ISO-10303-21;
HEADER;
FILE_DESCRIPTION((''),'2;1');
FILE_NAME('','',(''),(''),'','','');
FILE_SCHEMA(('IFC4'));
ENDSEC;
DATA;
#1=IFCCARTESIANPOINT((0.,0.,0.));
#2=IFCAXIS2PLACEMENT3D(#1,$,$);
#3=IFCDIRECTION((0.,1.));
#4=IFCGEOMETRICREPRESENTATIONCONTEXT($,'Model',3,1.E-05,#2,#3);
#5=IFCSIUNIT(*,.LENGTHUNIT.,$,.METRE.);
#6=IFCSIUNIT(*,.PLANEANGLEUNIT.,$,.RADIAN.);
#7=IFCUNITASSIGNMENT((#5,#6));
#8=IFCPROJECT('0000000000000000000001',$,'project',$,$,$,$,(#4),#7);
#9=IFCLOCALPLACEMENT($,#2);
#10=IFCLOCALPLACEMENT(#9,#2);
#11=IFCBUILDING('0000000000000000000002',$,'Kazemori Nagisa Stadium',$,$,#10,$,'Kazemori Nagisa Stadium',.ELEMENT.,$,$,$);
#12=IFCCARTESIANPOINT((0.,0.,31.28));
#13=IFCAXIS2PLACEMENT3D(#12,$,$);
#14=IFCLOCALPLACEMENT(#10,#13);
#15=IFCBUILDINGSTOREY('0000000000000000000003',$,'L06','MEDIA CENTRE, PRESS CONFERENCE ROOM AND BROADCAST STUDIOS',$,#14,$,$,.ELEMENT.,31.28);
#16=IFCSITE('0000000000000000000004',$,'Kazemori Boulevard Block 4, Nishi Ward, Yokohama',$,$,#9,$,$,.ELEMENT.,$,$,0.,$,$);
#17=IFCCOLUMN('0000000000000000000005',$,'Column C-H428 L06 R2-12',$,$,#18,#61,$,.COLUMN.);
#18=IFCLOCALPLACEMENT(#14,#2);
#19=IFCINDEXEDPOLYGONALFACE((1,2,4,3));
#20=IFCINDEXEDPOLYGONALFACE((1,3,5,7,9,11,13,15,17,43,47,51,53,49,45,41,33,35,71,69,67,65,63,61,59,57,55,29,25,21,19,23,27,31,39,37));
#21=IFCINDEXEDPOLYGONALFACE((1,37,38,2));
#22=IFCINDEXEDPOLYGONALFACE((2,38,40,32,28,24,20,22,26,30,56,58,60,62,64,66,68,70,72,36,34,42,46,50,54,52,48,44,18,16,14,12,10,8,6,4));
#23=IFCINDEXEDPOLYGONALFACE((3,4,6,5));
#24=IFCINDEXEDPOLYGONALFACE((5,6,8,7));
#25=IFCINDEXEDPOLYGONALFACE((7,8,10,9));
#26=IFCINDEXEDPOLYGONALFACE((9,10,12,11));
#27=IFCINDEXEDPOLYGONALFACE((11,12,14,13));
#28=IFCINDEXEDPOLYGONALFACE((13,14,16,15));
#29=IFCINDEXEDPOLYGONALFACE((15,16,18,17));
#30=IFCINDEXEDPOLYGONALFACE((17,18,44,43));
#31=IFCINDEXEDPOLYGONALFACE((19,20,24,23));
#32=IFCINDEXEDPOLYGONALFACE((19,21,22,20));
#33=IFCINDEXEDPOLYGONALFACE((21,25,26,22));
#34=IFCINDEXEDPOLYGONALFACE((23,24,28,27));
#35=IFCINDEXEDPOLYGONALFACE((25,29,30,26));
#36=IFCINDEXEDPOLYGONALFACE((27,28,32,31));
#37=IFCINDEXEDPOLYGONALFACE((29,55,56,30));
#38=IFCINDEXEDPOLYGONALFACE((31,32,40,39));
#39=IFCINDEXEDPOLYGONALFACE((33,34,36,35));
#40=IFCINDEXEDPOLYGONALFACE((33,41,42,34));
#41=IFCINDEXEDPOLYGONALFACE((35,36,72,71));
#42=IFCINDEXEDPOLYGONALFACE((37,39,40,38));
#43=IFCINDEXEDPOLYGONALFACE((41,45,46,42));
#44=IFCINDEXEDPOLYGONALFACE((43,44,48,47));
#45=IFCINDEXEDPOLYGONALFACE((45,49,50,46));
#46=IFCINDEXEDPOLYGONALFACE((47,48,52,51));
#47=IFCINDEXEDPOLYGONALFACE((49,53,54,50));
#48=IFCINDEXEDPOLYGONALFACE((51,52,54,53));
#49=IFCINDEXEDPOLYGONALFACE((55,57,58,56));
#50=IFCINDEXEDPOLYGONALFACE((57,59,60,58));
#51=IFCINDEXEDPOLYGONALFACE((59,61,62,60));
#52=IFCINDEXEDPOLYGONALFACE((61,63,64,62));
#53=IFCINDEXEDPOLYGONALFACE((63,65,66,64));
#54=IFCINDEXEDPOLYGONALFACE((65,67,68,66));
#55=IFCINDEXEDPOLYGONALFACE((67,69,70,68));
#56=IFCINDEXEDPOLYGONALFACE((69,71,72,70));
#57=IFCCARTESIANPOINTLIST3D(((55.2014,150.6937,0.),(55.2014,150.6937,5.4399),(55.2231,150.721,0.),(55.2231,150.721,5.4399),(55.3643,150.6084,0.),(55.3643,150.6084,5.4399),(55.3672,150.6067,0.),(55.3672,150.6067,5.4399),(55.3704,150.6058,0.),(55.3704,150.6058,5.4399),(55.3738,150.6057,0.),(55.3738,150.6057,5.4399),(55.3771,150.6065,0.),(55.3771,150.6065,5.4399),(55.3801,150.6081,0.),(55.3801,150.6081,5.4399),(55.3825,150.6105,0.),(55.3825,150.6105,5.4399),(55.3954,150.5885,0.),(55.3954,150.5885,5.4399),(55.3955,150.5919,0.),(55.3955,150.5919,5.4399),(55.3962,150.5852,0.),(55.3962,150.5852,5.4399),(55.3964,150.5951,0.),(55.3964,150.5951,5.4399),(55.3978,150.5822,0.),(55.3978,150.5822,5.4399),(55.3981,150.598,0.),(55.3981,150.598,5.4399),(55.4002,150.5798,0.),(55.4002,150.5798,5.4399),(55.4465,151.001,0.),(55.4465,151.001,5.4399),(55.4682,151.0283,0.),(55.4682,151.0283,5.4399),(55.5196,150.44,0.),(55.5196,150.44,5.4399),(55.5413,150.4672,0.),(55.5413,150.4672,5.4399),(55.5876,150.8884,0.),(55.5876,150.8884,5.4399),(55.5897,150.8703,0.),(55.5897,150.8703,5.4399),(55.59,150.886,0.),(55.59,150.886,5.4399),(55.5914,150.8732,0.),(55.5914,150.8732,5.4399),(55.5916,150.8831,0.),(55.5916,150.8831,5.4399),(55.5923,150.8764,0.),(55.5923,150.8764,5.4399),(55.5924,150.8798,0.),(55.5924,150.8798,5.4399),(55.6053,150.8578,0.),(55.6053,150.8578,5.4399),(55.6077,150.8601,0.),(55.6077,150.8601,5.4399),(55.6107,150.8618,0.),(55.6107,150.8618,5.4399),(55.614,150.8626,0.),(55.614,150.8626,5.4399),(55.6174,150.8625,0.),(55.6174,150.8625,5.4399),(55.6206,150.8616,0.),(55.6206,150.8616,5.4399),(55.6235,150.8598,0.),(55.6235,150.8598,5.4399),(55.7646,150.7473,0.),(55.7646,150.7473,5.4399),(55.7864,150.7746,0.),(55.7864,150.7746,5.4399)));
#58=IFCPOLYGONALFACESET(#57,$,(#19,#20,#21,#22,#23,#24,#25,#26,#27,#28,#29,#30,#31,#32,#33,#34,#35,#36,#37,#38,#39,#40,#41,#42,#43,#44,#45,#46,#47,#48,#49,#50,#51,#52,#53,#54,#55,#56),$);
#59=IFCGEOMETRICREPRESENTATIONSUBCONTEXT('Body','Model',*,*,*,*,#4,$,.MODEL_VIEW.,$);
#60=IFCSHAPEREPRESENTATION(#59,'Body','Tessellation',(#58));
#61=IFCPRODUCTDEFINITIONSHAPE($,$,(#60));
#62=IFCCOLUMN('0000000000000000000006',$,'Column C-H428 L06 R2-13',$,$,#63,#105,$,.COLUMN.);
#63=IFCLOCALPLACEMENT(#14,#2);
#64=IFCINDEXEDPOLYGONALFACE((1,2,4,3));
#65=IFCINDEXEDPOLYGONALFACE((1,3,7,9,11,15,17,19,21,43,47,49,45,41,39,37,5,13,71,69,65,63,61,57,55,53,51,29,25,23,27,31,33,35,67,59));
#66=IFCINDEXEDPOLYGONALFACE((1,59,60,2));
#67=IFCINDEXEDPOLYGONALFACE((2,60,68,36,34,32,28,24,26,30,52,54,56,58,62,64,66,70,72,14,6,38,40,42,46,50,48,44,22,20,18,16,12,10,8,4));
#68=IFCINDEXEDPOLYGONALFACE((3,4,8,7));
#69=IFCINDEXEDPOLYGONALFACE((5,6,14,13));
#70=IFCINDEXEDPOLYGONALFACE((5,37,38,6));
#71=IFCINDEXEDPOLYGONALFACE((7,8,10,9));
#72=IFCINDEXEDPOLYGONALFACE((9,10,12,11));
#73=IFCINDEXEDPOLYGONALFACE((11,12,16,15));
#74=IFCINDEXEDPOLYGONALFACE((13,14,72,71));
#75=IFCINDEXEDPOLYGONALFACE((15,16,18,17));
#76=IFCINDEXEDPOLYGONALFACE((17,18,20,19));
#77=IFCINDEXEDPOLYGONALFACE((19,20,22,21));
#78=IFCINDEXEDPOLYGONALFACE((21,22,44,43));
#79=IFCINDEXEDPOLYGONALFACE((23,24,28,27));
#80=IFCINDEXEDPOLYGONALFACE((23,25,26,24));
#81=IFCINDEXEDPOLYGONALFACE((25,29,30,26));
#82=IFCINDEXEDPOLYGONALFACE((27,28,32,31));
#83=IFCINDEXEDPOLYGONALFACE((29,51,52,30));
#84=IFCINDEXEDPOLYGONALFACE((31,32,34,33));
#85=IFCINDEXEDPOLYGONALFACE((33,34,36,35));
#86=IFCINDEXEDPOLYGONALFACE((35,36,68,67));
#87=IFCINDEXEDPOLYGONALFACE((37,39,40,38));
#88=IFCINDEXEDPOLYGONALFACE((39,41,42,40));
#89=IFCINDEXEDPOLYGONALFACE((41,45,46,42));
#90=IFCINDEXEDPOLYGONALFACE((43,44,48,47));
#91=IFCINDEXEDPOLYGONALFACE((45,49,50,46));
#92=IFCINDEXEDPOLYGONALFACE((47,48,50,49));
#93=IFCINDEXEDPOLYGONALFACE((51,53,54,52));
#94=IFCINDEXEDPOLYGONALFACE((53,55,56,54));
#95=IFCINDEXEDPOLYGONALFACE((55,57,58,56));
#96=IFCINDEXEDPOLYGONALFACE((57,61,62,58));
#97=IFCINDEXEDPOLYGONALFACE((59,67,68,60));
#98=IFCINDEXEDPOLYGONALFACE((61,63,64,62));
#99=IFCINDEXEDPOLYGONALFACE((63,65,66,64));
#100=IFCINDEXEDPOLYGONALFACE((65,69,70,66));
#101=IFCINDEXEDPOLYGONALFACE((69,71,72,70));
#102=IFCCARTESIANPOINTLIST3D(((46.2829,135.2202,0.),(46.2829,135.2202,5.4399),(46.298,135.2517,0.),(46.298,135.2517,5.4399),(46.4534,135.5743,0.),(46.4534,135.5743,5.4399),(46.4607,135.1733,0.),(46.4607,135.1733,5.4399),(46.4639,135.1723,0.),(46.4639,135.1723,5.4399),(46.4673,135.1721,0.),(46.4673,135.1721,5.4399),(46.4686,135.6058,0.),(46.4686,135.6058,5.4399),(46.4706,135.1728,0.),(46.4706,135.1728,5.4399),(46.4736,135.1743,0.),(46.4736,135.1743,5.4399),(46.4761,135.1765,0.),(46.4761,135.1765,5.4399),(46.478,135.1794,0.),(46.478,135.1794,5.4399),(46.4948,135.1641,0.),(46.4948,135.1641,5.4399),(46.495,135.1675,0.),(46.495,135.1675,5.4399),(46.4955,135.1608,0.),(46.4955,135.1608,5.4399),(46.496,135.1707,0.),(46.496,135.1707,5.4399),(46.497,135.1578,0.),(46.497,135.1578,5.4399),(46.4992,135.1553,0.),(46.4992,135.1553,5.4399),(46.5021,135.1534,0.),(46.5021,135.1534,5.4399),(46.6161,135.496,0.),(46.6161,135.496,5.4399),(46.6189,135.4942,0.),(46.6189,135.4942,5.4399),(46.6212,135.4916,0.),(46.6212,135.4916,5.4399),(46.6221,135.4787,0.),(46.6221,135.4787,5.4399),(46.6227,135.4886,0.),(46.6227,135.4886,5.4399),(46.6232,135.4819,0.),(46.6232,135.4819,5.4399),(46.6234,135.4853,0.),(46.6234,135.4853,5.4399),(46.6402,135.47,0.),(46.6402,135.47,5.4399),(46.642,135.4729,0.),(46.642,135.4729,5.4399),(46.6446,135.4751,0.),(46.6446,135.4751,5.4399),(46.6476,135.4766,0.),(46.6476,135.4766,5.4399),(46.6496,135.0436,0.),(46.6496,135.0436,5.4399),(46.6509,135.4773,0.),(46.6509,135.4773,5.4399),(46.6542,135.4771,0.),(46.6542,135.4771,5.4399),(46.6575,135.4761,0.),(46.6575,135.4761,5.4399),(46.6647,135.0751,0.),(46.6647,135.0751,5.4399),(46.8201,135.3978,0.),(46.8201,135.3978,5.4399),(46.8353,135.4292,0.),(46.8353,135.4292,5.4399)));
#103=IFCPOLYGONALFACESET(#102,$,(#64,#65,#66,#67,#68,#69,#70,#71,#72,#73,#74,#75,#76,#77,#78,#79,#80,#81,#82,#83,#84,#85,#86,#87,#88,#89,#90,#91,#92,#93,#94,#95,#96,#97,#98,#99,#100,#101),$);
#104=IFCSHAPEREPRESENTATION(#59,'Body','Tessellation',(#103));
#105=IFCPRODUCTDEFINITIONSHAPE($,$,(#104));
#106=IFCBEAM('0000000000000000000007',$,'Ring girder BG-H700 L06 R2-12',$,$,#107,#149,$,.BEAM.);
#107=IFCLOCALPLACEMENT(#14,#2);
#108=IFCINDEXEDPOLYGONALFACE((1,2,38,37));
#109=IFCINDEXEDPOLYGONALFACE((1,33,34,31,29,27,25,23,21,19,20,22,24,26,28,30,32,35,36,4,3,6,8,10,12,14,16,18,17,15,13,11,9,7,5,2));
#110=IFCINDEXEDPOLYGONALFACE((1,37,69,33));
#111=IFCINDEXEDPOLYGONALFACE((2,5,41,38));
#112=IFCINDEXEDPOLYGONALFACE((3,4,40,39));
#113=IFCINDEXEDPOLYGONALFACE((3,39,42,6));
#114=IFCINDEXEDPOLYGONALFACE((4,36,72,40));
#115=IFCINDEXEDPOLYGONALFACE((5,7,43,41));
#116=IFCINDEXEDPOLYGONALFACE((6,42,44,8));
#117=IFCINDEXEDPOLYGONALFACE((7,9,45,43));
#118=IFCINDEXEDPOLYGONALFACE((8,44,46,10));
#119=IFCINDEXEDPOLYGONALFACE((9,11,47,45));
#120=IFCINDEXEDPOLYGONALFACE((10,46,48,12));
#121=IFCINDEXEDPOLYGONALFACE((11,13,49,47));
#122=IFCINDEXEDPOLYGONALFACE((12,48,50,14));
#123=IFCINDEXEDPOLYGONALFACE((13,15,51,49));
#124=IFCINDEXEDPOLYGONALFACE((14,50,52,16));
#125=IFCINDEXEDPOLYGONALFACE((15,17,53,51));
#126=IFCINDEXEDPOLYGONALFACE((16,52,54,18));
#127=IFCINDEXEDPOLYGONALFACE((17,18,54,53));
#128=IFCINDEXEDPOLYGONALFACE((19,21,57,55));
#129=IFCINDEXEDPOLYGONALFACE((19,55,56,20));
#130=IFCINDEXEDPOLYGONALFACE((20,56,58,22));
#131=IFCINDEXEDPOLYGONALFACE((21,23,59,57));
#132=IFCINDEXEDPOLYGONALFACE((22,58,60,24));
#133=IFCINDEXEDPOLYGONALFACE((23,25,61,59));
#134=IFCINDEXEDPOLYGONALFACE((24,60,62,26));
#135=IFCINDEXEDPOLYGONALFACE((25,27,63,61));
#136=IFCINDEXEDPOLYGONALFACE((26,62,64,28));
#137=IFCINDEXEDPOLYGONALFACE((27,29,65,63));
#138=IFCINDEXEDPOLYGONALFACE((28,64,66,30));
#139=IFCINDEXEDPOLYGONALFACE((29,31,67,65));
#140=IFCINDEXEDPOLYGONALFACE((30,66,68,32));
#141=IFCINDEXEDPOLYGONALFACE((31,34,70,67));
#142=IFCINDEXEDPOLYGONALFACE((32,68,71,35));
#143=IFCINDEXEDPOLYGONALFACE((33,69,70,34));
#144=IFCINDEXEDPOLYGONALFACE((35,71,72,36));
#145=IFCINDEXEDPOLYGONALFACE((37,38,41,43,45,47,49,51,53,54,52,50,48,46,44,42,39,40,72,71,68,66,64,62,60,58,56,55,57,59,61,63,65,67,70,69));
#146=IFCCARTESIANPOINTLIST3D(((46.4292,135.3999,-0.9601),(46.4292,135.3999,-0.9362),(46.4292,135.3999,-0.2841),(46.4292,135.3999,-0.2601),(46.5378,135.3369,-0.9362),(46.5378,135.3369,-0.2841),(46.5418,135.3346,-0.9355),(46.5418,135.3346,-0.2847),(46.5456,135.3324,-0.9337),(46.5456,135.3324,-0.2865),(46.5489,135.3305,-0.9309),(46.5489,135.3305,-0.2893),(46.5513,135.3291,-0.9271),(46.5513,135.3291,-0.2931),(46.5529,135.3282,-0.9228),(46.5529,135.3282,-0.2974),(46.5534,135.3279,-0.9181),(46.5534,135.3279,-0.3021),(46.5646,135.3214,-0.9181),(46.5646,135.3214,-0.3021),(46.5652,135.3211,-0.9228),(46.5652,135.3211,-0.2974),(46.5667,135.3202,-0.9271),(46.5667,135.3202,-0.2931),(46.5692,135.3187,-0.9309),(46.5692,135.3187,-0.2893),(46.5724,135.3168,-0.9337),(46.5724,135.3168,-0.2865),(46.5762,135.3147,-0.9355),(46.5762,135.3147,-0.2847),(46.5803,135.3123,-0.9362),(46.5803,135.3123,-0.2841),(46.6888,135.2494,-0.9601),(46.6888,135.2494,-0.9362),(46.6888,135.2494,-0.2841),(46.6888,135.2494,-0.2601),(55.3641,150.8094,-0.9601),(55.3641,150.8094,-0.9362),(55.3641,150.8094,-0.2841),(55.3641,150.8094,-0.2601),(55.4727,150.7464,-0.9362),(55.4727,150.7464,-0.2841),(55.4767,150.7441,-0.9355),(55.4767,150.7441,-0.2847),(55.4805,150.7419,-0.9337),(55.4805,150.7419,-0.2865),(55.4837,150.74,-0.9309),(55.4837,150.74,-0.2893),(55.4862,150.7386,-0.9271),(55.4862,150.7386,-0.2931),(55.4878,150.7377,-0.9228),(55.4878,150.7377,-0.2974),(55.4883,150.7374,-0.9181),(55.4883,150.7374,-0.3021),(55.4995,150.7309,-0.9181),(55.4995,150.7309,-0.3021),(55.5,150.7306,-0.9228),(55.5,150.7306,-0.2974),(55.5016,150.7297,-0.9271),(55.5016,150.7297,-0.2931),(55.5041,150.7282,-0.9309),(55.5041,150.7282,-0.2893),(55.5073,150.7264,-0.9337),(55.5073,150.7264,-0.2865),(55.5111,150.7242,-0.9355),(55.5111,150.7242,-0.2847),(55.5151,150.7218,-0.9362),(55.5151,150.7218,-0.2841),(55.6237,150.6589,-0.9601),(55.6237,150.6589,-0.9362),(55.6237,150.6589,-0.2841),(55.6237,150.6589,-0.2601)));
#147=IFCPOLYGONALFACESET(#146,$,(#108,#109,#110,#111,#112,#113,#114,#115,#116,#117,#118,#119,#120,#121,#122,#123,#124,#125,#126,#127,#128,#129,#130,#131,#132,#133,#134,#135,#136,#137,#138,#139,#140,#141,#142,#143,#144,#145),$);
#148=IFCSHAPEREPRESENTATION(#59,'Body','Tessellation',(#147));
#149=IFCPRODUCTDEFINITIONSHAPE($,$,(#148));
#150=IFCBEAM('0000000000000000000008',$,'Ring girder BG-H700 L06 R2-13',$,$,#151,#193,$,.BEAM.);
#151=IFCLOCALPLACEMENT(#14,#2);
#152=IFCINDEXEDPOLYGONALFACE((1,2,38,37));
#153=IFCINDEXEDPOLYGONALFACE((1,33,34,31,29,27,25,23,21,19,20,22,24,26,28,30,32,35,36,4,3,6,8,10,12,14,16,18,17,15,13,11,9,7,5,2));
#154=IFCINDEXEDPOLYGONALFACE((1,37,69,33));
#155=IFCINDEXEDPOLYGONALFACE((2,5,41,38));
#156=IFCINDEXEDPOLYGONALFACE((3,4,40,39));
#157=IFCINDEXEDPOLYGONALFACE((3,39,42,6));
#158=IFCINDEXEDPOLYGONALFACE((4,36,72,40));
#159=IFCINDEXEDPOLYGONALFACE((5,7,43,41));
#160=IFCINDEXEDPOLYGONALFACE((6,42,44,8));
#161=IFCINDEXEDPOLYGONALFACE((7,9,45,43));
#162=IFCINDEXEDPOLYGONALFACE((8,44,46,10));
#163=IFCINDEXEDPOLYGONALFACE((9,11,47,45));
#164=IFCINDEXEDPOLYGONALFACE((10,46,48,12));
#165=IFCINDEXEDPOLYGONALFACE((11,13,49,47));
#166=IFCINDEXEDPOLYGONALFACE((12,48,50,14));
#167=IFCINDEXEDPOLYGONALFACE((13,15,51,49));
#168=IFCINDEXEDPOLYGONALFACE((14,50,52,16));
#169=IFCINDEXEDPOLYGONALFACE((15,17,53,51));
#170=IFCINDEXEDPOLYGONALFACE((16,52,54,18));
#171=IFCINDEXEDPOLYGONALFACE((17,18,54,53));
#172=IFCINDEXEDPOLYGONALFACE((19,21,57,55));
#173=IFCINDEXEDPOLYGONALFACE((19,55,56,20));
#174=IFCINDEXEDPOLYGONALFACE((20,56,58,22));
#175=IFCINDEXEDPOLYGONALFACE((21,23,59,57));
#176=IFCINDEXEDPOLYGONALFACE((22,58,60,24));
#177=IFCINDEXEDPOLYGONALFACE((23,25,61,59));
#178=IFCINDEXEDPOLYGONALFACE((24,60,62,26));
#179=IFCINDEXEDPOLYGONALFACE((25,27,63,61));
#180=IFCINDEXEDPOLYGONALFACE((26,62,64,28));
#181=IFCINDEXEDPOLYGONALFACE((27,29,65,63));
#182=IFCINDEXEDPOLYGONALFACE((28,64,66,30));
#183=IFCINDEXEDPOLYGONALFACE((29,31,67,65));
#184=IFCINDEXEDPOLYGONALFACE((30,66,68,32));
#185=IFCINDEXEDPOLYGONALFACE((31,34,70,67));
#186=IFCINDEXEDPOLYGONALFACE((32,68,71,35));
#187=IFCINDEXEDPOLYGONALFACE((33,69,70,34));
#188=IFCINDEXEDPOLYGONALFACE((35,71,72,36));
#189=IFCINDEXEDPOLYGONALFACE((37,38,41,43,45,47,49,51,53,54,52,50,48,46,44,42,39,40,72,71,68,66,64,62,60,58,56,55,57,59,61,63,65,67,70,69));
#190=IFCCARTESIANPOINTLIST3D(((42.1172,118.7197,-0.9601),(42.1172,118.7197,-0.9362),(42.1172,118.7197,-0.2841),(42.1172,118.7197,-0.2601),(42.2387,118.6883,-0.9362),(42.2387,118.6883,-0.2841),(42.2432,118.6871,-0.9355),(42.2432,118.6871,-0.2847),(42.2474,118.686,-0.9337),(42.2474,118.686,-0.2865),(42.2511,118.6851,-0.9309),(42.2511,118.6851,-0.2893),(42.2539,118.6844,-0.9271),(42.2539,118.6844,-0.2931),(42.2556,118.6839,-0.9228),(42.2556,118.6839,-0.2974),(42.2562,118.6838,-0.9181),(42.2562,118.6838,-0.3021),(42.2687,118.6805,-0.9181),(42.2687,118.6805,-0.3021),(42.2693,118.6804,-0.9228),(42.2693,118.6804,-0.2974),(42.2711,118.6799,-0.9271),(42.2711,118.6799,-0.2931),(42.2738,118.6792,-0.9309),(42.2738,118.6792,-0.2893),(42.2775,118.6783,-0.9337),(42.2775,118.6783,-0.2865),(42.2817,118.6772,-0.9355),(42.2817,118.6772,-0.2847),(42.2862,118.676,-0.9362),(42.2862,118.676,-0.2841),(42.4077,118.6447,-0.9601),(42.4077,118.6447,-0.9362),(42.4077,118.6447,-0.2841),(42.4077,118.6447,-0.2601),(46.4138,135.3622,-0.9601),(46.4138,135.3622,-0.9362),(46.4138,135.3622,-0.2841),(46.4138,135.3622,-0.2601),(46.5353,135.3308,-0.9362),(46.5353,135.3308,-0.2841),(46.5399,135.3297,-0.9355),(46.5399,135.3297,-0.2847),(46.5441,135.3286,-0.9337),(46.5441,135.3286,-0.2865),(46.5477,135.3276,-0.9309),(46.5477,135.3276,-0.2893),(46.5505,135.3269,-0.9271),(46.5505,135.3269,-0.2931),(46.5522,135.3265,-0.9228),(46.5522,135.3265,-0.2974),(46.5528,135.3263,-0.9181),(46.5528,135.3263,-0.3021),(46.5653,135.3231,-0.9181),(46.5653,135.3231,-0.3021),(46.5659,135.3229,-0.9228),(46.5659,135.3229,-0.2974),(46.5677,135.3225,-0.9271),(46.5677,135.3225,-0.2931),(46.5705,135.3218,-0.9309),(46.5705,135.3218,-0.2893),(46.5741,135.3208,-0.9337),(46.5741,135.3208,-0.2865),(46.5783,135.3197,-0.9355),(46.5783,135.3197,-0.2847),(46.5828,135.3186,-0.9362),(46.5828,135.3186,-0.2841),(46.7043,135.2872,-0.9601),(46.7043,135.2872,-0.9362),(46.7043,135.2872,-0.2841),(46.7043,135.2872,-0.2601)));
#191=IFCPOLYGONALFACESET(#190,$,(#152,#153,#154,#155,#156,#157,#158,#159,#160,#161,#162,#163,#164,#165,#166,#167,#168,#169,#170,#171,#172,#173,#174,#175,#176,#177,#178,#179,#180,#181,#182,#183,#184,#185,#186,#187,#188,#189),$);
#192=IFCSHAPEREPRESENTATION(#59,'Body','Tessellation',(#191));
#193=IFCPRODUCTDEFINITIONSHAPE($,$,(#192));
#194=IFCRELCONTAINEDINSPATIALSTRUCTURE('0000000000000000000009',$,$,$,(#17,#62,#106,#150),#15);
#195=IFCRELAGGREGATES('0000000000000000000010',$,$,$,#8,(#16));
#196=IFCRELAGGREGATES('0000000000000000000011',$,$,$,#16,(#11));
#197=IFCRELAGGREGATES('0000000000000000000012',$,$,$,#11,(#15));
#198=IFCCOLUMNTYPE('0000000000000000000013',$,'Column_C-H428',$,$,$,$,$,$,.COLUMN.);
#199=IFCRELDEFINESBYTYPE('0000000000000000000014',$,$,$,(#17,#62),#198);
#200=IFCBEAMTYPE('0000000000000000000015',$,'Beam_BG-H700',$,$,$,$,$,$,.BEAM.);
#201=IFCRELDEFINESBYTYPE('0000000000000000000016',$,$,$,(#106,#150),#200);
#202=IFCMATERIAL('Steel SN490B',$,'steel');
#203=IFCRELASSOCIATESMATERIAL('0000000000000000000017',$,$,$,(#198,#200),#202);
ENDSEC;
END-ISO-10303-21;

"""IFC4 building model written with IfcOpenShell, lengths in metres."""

from ifc_helpers import new_model, si_unit, direction, frame, origin, origin_2d, place, context, subcontext, project, spatial, i_section, extrude, material, material_profile, profile_set, type_object, element, save


model = new_model("IFC4")

# Units and contexts
model_context = context("Model", 3, precision=1e-05, world=origin(), true_north=direction((0.0, 1.0)))
body_context = subcontext(model_context, "Body", "Model", "MODEL_VIEW")
ifc_project = project(units=[si_unit("LENGTHUNIT", "METRE"), si_unit("PLANEANGLEUNIT", "RADIAN")], contexts=[model_context])

# Site, building, storey
site_placement = place(None, origin())
site = spatial("IfcSite", under=ifc_project, at=site_placement, Name="Kazemori Boulevard Block 4, Nishi Ward, Yokohama", CompositionType="ELEMENT", RefElevation=0.0)
building_placement = place(site_placement, origin())
building = spatial("IfcBuilding", under=site, at=building_placement, Name="Kazemori Nagisa Stadium", LongName="Kazemori Nagisa Stadium", CompositionType="ELEMENT")
storey_placement = place(building_placement, frame((0.0, 0.0, 31.28)))
storey = spatial("IfcBuildingStorey", under=building, at=storey_placement, Name="L06", Description="MEDIA CENTRE, PRESS CONFERENCE ROOM AND BROADCAST STUDIOS", CompositionType="ELEMENT", Elevation=31.28)

# Columns
ifc_material_1 = material(Name="Steel SN490B", Category="steel")
ifc_material_profile_1 = material_profile(ifc_material_1, i_section(OverallWidth=0.407, OverallDepth=0.428, WebThickness=0.02, FlangeThickness=0.0349, FilletRadius=0.0129, at=origin_2d()), Name="H-428x407x20x35")
ifc_profile_set_1 = profile_set([ifc_material_profile_1], Name="Steel SN490B")
column_type = type_object("IfcColumnType", Name="Column_C-H428", PredefinedType="COLUMN", material=ifc_profile_set_1)
for number, where, z_axis, x_axis, name in (
    (1, (55.4939, 150.7341, 0.0), (0.0, 0.0, 1.0), (-0.781831, 0.62349, 0.0), "Column C-H428 L06 R2-12"),
    (2, (46.5591, 135.3247, 0.0), (0.0, 0.0, 1.0), (-0.900969, 0.433884, 0.0), "Column C-H428 L06 R2-13"),
):
    element("IfcColumn", number, at=place(storey_placement, frame(where, z_axis=z_axis, x_axis=x_axis)), inside=storey, type_object=column_type, Name=name, PredefinedType="COLUMN", context=body_context, shape_type="SweptSolid", body=[
        extrude(i_section(OverallWidth=0.407, OverallDepth=0.428, WebThickness=0.02, FlangeThickness=0.0349, FilletRadius=0.0129, at=origin_2d()), origin(), (0.0, 0.0, 1.0), 5.4399),
    ])

# Beams
ifc_material_profile_2 = material_profile(ifc_material_1, i_section(OverallWidth=0.3, OverallDepth=0.7, WebThickness=0.0129, FlangeThickness=0.0239, FilletRadius=0.0181, at=origin_2d()), Name="H-700x300x13x24")
ifc_profile_set_2 = profile_set([ifc_material_profile_2], Name="Steel SN490B")
beam_type = type_object("IfcBeamType", Name="Beam_BG-H700", PredefinedType="BEAM", material=ifc_profile_set_2)
beam_1_placement = place(storey_placement, frame((55.4939, 150.7341, -0.6101), z_axis=(-0.501607, -0.865096, 0.0), x_axis=(0.865096, -0.501607, 0.0)))
element("IfcBeam", 3, at=beam_1_placement, inside=storey, type_object=beam_type, Name="Ring girder BG-H700 L06 R2-12", PredefinedType="BEAM", context=body_context, shape_type="SweptSolid", body=[
    extrude(i_section(OverallWidth=0.3, OverallDepth=0.7, WebThickness=0.0129, FlangeThickness=0.0239, FilletRadius=0.0181, at=origin_2d()), origin(), (0.0, 0.0, 1.0), 17.8125),
])
beam_2_placement = place(storey_placement, frame((46.5591, 135.3247, -0.6101), z_axis=(-0.249975, -0.968252, 0.0), x_axis=(0.968252, -0.249975, 0.0)))
element("IfcBeam", 4, at=beam_2_placement, inside=storey, type_object=beam_type, Name="Ring girder BG-H700 L06 R2-13", PredefinedType="BEAM", context=body_context, shape_type="SweptSolid", body=[
    extrude(i_section(OverallWidth=0.3, OverallDepth=0.7, WebThickness=0.0129, FlangeThickness=0.0239, FilletRadius=0.0181, at=origin_2d()), origin(), (0.0, 0.0, 1.0), 17.1882),
])

save(model, "model.ifc")
